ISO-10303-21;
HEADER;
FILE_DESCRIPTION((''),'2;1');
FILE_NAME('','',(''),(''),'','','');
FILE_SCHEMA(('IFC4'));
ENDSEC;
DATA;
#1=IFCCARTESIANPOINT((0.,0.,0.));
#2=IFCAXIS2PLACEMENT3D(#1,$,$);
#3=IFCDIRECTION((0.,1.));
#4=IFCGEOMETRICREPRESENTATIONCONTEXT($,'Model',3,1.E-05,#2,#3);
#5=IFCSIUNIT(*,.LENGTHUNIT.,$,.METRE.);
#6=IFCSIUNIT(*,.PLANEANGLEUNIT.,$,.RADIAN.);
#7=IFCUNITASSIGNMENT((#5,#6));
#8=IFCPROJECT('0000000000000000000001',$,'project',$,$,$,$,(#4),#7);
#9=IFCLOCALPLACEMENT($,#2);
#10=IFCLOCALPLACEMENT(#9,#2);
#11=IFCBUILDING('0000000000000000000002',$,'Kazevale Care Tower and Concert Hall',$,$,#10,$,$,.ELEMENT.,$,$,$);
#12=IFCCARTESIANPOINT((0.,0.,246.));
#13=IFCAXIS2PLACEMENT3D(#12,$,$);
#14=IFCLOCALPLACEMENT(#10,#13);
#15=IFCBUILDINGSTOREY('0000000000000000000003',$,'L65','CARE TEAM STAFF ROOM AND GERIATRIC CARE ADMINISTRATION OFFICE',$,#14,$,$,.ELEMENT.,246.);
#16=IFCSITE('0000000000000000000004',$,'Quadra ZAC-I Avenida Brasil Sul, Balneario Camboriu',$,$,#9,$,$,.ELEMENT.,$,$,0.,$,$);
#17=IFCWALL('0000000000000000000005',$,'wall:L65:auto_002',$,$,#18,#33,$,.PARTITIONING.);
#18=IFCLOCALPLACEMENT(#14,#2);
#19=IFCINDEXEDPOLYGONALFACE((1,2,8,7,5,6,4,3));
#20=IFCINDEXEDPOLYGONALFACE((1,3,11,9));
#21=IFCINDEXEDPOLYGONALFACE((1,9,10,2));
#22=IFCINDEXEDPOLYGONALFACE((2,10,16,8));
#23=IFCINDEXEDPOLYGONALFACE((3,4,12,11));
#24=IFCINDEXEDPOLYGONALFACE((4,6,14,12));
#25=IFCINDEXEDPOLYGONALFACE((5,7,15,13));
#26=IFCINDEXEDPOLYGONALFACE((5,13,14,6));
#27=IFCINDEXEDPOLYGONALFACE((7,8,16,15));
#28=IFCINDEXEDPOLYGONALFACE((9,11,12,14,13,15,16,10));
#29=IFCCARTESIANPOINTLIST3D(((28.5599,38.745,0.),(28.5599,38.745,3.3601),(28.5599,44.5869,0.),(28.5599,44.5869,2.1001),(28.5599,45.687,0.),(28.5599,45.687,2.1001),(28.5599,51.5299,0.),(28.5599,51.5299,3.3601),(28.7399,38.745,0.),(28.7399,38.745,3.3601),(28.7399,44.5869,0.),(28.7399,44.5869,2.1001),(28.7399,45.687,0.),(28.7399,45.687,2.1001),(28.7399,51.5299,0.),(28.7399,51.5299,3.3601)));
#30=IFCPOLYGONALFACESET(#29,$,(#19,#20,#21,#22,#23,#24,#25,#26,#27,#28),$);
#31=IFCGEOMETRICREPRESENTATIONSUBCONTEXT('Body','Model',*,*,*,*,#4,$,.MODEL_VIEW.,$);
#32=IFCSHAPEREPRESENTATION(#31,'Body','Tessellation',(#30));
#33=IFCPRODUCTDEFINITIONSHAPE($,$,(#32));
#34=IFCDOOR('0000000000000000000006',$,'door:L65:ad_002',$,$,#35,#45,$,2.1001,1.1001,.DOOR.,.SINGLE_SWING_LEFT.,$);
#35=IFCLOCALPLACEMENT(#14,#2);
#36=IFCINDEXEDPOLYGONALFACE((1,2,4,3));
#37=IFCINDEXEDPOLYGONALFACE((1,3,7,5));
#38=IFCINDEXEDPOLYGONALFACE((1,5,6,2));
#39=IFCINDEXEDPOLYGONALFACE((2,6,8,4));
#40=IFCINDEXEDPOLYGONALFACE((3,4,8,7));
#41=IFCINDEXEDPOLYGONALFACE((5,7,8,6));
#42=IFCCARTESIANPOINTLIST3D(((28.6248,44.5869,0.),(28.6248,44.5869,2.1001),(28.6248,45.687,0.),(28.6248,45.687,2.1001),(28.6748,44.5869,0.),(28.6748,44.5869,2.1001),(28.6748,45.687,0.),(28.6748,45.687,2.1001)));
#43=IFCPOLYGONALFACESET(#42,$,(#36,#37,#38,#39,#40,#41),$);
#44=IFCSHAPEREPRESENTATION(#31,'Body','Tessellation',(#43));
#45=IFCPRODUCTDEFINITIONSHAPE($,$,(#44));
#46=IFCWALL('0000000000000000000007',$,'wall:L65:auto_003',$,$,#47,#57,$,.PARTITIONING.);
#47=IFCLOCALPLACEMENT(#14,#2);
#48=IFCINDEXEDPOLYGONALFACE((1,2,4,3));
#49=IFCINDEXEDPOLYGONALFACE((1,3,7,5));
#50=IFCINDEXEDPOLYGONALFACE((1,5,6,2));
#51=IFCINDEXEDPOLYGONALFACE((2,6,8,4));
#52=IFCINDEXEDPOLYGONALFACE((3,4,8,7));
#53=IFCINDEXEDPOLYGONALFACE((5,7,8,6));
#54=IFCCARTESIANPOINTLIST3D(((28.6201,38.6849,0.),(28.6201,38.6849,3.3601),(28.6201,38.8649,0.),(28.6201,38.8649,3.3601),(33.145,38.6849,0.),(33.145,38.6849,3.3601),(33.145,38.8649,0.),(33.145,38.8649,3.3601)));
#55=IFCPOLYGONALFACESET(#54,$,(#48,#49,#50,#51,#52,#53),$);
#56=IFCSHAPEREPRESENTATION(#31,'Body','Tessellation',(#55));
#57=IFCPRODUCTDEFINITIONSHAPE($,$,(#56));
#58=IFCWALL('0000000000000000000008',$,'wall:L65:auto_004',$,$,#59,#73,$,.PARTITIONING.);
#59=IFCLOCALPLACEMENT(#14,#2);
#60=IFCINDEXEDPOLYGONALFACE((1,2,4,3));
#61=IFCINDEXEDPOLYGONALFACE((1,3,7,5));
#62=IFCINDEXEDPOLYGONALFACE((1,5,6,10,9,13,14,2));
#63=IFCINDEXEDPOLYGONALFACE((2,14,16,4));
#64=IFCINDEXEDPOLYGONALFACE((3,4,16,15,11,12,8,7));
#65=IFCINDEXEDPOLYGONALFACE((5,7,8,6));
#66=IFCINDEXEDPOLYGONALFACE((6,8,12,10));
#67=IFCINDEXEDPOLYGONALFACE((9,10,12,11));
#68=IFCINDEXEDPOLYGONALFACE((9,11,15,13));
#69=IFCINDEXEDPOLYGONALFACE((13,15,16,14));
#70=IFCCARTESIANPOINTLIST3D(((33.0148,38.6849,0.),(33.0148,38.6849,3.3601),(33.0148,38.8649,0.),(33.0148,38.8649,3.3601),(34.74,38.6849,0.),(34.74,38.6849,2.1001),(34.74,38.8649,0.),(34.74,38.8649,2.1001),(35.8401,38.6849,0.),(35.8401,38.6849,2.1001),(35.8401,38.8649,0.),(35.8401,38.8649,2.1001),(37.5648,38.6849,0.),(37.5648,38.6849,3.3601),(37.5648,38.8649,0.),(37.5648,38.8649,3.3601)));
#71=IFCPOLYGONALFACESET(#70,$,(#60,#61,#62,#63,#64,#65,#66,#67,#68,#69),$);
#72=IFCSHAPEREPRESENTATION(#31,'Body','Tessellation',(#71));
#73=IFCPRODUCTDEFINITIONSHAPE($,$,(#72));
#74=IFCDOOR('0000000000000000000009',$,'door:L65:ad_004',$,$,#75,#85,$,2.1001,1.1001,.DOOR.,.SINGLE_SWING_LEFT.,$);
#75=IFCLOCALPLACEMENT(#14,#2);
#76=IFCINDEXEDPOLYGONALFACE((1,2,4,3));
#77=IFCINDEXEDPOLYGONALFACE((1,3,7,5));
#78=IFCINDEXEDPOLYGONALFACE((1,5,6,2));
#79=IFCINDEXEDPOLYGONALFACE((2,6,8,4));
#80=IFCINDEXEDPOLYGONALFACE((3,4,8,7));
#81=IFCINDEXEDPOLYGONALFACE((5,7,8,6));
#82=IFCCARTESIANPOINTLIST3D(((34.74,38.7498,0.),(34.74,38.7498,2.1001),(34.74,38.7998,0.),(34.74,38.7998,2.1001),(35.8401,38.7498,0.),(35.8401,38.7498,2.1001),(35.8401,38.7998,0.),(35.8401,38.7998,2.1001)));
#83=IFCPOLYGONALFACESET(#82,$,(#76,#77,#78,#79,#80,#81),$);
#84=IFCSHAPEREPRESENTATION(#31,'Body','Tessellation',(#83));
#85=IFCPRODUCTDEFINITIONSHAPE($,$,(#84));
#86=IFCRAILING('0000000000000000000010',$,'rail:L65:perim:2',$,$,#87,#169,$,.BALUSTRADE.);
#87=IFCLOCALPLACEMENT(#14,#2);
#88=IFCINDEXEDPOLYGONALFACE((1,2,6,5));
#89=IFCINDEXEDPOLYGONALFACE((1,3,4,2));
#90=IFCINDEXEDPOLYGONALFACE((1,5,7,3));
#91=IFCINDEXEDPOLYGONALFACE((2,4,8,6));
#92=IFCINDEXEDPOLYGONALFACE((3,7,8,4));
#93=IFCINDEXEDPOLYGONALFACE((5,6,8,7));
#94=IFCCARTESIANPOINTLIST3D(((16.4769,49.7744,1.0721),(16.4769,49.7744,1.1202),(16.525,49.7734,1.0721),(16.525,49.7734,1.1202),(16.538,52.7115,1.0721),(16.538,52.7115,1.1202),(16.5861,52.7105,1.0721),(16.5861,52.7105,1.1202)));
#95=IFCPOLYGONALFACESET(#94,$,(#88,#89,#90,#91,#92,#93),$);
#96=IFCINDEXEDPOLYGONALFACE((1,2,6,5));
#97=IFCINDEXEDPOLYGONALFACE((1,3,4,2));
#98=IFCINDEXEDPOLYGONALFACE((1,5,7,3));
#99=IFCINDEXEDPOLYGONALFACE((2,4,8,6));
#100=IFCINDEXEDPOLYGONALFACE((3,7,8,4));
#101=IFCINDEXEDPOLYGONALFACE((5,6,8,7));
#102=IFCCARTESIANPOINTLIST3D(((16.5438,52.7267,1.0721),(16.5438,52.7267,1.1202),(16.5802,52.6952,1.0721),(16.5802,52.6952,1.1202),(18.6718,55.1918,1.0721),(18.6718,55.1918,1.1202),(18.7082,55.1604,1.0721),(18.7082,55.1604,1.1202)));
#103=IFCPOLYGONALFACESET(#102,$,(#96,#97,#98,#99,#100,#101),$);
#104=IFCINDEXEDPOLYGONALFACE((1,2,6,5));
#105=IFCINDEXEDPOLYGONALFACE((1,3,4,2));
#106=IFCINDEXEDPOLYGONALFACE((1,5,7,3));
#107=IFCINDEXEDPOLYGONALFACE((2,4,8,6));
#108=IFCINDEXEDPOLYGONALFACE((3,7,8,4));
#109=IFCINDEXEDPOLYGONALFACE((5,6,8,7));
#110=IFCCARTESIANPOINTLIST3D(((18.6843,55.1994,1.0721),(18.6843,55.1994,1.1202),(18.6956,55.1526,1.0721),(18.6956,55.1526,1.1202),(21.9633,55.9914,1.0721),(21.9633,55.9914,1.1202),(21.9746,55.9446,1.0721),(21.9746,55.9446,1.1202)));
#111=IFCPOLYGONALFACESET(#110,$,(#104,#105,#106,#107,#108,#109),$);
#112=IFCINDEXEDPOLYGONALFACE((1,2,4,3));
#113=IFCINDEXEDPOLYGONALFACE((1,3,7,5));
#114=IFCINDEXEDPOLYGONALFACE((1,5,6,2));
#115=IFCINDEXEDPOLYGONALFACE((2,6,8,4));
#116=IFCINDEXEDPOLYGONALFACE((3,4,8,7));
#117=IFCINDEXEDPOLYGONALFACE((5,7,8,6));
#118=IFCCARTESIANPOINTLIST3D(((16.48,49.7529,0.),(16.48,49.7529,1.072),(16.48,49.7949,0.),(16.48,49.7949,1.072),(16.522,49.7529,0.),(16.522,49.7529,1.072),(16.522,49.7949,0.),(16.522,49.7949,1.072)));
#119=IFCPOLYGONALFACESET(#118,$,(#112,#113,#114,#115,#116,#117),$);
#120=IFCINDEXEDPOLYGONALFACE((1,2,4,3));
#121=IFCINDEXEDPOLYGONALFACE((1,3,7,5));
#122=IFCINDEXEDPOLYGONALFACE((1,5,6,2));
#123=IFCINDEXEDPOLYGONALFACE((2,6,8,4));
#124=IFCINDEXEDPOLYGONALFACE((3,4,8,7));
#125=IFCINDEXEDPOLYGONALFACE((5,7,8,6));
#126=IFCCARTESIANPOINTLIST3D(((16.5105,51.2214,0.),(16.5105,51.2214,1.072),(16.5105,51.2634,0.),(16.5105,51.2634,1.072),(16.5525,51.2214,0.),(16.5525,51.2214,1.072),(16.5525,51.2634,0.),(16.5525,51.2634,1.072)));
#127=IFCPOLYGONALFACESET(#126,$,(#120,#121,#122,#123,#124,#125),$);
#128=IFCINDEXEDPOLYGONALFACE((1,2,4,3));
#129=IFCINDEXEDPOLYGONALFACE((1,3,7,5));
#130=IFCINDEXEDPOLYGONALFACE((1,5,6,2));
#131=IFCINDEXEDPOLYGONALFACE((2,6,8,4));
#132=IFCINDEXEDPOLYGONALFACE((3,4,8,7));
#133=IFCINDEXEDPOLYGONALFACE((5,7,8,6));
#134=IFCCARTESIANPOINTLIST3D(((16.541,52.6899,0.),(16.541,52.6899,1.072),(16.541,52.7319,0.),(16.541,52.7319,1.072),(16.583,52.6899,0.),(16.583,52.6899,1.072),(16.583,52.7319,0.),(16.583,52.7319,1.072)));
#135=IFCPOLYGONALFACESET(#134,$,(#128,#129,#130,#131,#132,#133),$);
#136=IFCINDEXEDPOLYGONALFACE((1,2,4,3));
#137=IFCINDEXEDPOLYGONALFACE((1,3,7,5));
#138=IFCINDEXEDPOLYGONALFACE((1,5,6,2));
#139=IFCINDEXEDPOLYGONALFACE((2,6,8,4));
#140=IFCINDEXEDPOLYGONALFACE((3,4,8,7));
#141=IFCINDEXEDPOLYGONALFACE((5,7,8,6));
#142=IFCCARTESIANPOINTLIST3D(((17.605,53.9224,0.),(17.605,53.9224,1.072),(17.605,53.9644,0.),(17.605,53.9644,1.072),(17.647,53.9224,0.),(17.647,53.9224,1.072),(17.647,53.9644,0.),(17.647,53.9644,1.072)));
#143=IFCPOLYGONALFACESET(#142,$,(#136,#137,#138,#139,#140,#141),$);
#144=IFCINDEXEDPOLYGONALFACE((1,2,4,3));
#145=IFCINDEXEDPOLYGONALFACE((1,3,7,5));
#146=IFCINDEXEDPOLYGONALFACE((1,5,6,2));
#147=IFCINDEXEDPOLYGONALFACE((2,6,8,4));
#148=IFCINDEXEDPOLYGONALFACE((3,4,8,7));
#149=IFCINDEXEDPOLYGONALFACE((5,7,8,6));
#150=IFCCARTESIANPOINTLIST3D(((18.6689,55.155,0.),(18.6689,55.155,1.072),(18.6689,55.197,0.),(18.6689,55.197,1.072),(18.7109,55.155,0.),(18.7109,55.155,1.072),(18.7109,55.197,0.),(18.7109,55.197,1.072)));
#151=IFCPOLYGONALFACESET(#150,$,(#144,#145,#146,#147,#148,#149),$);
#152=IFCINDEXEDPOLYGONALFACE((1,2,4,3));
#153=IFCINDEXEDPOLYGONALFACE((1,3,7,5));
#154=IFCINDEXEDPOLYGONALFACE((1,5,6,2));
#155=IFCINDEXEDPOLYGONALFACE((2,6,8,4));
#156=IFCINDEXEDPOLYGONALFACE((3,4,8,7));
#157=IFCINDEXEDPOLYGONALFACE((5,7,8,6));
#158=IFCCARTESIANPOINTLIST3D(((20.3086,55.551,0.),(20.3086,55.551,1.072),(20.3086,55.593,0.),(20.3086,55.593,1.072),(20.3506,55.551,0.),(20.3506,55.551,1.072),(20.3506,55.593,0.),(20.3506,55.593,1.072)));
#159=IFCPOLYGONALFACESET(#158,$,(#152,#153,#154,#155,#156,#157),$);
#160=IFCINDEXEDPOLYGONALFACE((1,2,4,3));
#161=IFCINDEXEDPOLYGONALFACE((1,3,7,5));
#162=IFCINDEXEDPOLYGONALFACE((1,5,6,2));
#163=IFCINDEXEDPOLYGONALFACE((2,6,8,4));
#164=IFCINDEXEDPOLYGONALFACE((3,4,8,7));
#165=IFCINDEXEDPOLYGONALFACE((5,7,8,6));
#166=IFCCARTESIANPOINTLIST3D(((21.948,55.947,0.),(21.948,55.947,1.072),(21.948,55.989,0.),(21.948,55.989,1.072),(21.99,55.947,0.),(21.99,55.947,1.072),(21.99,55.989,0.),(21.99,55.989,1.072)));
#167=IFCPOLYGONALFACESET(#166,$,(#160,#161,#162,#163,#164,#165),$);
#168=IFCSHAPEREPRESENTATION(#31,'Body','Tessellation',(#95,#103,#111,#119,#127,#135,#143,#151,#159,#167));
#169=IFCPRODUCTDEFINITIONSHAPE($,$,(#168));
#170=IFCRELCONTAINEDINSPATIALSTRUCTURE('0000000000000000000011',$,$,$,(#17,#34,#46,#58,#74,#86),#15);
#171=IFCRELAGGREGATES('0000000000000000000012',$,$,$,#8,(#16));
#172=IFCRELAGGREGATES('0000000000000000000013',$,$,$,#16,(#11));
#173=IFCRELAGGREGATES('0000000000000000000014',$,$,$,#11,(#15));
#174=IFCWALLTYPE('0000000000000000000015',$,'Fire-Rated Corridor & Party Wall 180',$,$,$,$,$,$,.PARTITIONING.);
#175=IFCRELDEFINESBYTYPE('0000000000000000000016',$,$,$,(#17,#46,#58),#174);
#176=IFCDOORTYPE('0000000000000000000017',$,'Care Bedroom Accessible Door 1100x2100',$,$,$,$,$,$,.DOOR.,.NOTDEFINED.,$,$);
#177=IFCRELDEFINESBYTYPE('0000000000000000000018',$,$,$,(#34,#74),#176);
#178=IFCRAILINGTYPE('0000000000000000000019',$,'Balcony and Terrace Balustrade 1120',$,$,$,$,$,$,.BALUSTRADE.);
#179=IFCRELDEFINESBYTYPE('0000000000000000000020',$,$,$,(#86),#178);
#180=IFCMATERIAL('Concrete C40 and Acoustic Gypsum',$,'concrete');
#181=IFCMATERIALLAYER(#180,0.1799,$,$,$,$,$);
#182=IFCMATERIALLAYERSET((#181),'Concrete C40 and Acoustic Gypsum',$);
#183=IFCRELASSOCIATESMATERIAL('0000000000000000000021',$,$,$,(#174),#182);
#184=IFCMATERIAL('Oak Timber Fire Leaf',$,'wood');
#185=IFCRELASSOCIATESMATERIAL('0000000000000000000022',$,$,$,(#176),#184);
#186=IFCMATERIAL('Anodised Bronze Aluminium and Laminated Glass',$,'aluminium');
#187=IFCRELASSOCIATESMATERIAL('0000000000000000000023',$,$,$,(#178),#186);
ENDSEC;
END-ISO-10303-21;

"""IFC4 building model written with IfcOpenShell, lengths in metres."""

from ifc_helpers import new_model, si_unit, direction, frame, frame_2d, origin, origin_2d, place, context, subcontext, project, spatial, rectangle, extrude, material, layer, layer_set, type_object, element, fill, save


model = new_model("IFC4")

# Units and contexts
model_context = context("Model", 3, precision=1e-05, world=origin(), true_north=direction((0.0, 1.0)))
body_context = subcontext(model_context, "Body", "Model", "MODEL_VIEW")
ifc_project = project(units=[si_unit("LENGTHUNIT", "METRE"), si_unit("PLANEANGLEUNIT", "RADIAN")], contexts=[model_context])

# Site, building, storey
site_placement = place(None, origin())
site = spatial("IfcSite", under=ifc_project, at=site_placement, Name="Quadra ZAC-I Avenida Brasil Sul, Balneario Camboriu", CompositionType="ELEMENT", RefElevation=0.0)
building_placement = place(site_placement, origin())
building = spatial("IfcBuilding", under=site, at=building_placement, Name="Kazevale Care Tower and Concert Hall", CompositionType="ELEMENT")
storey_placement = place(building_placement, frame((0.0, 0.0, 246.0)))
storey = spatial("IfcBuildingStorey", under=building, at=storey_placement, Name="L65", Description="CARE TEAM STAFF ROOM AND GERIATRIC CARE ADMINISTRATION OFFICE", CompositionType="ELEMENT", Elevation=246.0)

# Wall, opening, door
ifc_material_1 = material(Name="Concrete C40 and Acoustic Gypsum", Category="concrete")
ifc_layer_1 = layer(ifc_material_1, 0.1799)
ifc_layer_set_1 = layer_set([ifc_layer_1], Name="Concrete C40 and Acoustic Gypsum")
wall_type_1 = type_object("IfcWallType", Name="Fire-Rated Corridor & Party Wall 180", PredefinedType="PARTITIONING", material=ifc_layer_set_1)
ifc_material_2 = material(Name="Oak Timber Fire Leaf", Category="wood")
door_type = type_object("IfcDoorType", Name="Care Bedroom Accessible Door 1100x2100", OperationType="NOTDEFINED", PredefinedType="DOOR", material=ifc_material_2)
wall_1_placement = place(storey_placement, frame((28.6499, 51.53, 0.0), z_axis=(0.0, 0.0, 1.0), x_axis=(0.0, -1.0, 0.0)))
wall_1 = element("IfcWall", 1, at=wall_1_placement, inside=storey, type_object=wall_type_1, Name="wall:L65:auto_002", PredefinedType="PARTITIONING", context=body_context, shape_type="SweptSolid", body=[
    extrude(rectangle(XDim=12.7849, YDim=0.1799, at=frame_2d((6.3926, 0.0))), origin(), (0.0, 0.0, 1.0), 3.3601),
])
opening_1_placement = place(wall_1_placement, frame((5.843, 0.0, 0.0)))
opening_1 = element("IfcOpeningElement", 2, at=opening_1_placement, cuts=wall_1, PredefinedType="OPENING", context=body_context, shape_type="SweptSolid", body=[
    extrude(rectangle(XDim=1.1001, YDim=2.1001, at=frame_2d((0.55, 1.05))), frame((0.0, 0.0999, 0.0), z_axis=(0.0, -1.0, 0.0), x_axis=(1.0, 0.0, 0.0)), (0.0, 0.0, 1.0), 0.2),
])
door_1_placement = place(opening_1_placement, origin())
door_1 = element("IfcDoor", 3, at=door_1_placement, inside=storey, type_object=door_type, Name="door:L65:ad_002", OperationType="SINGLE_SWING_LEFT", OverallHeight=2.1001, OverallWidth=1.1001, PredefinedType="DOOR", context=body_context, shape_type="SweptSolid", body=[
    extrude(rectangle(XDim=1.1001, YDim=2.1001, at=frame_2d((0.55, 1.05))), frame((0.0, 0.0249, 0.0), z_axis=(0.0, -1.0, 0.0), x_axis=(1.0, 0.0, 0.0)), (0.0, 0.0, 1.0), 0.05),
])
fill(opening_1, door_1)

# Wall
wall_2_placement = place(storey_placement, frame((28.6201, 38.7749, 0.0), z_axis=(0.0, 0.0, 1.0), x_axis=(1.0, 0.0, 0.0)))
element("IfcWall", 4, at=wall_2_placement, inside=storey, type_object=wall_type_1, Name="wall:L65:auto_003", PredefinedType="PARTITIONING", context=body_context, shape_type="SweptSolid", body=[
    extrude(rectangle(XDim=4.5249, YDim=0.1799, at=frame_2d((2.2625, 0.0))), origin(), (0.0, 0.0, 1.0), 3.3601),
])

# Wall, opening, door
wall_3_placement = place(storey_placement, frame((33.0149, 38.7749, 0.0), z_axis=(0.0, 0.0, 1.0), x_axis=(1.0, 0.0, 0.0)))
wall_3 = element("IfcWall", 5, at=wall_3_placement, inside=storey, type_object=wall_type_1, Name="wall:L65:auto_004", PredefinedType="PARTITIONING", context=body_context, shape_type="SweptSolid", body=[
    extrude(rectangle(XDim=4.55, YDim=0.1799, at=frame_2d((2.2749, 0.0))), origin(), (0.0, 0.0, 1.0), 3.3601),
])
opening_2_placement = place(wall_3_placement, frame((1.7251, 0.0, 0.0)))
opening_2 = element("IfcOpeningElement", 6, at=opening_2_placement, cuts=wall_3, PredefinedType="OPENING", context=body_context, shape_type="SweptSolid", body=[
    extrude(rectangle(XDim=1.1001, YDim=2.1001, at=frame_2d((0.55, 1.05))), frame((0.0, 0.0999, 0.0), z_axis=(0.0, -1.0, 0.0), x_axis=(1.0, 0.0, 0.0)), (0.0, 0.0, 1.0), 0.2),
])
door_2_placement = place(opening_2_placement, origin())
door_2 = element("IfcDoor", 7, at=door_2_placement, inside=storey, type_object=door_type, Name="door:L65:ad_004", OperationType="SINGLE_SWING_LEFT", OverallHeight=2.1001, OverallWidth=1.1001, PredefinedType="DOOR", context=body_context, shape_type="SweptSolid", body=[
    extrude(rectangle(XDim=1.1001, YDim=2.1001, at=frame_2d((0.55, 1.05))), frame((0.0, 0.0249, 0.0), z_axis=(0.0, -1.0, 0.0), x_axis=(1.0, 0.0, 0.0)), (0.0, 0.0, 1.0), 0.05),
])
fill(opening_2, door_2)

# Railing
ifc_material_3 = material(Name="Anodised Bronze Aluminium and Laminated Glass", Category="aluminium")
railing_type = type_object("IfcRailingType", Name="Balcony and Terrace Balustrade 1120", PredefinedType="BALUSTRADE", material=ifc_material_3)
railing_1_placement = place(storey_placement, frame((16.501, 49.7739, 0.0)))
element("IfcRailing", 8, at=railing_1_placement, inside=storey, type_object=railing_type, Name="rail:L65:perim:2", PredefinedType="BALUSTRADE", context=body_context, shape_type="SweptSolid", body=[
    extrude(rectangle(XDim=0.0481, YDim=0.0481, at=origin_2d()), frame((0.0, 0.0, 1.0962), z_axis=(0.020777, 0.999784, 0.0), x_axis=(-0.999784, 0.020777, 0.0)), (0.0, 0.0, 1.0), 2.9377),
    extrude(rectangle(XDim=0.0481, YDim=0.0481, at=origin_2d()), frame((0.061, 2.937, 1.0962), z_axis=(0.653442, 0.756976, 0.0), x_axis=(-0.756976, 0.653442, 0.0)), (0.0, 0.0, 1.0), 3.2566),
    extrude(rectangle(XDim=0.0481, YDim=0.0481, at=origin_2d()), frame((2.189, 5.4021, 1.0962), z_axis=(0.972049, 0.23478, 0.0), x_axis=(-0.23478, 0.972049, 0.0)), (0.0, 0.0, 1.0), 3.3733),
    extrude(rectangle(XDim=0.042, YDim=0.042, at=origin_2d()), origin(), (0.0, 0.0, 1.0), 1.072),
    extrude(rectangle(XDim=0.042, YDim=0.042, at=origin_2d()), frame((0.0305, 1.4685, 0.0)), (0.0, 0.0, 1.0), 1.072),
    extrude(rectangle(XDim=0.042, YDim=0.042, at=origin_2d()), frame((0.061, 2.937, 0.0)), (0.0, 0.0, 1.0), 1.072),
    extrude(rectangle(XDim=0.042, YDim=0.042, at=origin_2d()), frame((1.125, 4.1694, 0.0)), (0.0, 0.0, 1.0), 1.072),
    extrude(rectangle(XDim=0.042, YDim=0.042, at=origin_2d()), frame((2.189, 5.4021, 0.0)), (0.0, 0.0, 1.0), 1.072),
    extrude(rectangle(XDim=0.042, YDim=0.042, at=origin_2d()), frame((3.8286, 5.7981, 0.0)), (0.0, 0.0, 1.0), 1.072),
    extrude(rectangle(XDim=0.042, YDim=0.042, at=origin_2d()), frame((5.468, 6.1941, 0.0)), (0.0, 0.0, 1.0), 1.072),
])

save(model, "model.ifc")
